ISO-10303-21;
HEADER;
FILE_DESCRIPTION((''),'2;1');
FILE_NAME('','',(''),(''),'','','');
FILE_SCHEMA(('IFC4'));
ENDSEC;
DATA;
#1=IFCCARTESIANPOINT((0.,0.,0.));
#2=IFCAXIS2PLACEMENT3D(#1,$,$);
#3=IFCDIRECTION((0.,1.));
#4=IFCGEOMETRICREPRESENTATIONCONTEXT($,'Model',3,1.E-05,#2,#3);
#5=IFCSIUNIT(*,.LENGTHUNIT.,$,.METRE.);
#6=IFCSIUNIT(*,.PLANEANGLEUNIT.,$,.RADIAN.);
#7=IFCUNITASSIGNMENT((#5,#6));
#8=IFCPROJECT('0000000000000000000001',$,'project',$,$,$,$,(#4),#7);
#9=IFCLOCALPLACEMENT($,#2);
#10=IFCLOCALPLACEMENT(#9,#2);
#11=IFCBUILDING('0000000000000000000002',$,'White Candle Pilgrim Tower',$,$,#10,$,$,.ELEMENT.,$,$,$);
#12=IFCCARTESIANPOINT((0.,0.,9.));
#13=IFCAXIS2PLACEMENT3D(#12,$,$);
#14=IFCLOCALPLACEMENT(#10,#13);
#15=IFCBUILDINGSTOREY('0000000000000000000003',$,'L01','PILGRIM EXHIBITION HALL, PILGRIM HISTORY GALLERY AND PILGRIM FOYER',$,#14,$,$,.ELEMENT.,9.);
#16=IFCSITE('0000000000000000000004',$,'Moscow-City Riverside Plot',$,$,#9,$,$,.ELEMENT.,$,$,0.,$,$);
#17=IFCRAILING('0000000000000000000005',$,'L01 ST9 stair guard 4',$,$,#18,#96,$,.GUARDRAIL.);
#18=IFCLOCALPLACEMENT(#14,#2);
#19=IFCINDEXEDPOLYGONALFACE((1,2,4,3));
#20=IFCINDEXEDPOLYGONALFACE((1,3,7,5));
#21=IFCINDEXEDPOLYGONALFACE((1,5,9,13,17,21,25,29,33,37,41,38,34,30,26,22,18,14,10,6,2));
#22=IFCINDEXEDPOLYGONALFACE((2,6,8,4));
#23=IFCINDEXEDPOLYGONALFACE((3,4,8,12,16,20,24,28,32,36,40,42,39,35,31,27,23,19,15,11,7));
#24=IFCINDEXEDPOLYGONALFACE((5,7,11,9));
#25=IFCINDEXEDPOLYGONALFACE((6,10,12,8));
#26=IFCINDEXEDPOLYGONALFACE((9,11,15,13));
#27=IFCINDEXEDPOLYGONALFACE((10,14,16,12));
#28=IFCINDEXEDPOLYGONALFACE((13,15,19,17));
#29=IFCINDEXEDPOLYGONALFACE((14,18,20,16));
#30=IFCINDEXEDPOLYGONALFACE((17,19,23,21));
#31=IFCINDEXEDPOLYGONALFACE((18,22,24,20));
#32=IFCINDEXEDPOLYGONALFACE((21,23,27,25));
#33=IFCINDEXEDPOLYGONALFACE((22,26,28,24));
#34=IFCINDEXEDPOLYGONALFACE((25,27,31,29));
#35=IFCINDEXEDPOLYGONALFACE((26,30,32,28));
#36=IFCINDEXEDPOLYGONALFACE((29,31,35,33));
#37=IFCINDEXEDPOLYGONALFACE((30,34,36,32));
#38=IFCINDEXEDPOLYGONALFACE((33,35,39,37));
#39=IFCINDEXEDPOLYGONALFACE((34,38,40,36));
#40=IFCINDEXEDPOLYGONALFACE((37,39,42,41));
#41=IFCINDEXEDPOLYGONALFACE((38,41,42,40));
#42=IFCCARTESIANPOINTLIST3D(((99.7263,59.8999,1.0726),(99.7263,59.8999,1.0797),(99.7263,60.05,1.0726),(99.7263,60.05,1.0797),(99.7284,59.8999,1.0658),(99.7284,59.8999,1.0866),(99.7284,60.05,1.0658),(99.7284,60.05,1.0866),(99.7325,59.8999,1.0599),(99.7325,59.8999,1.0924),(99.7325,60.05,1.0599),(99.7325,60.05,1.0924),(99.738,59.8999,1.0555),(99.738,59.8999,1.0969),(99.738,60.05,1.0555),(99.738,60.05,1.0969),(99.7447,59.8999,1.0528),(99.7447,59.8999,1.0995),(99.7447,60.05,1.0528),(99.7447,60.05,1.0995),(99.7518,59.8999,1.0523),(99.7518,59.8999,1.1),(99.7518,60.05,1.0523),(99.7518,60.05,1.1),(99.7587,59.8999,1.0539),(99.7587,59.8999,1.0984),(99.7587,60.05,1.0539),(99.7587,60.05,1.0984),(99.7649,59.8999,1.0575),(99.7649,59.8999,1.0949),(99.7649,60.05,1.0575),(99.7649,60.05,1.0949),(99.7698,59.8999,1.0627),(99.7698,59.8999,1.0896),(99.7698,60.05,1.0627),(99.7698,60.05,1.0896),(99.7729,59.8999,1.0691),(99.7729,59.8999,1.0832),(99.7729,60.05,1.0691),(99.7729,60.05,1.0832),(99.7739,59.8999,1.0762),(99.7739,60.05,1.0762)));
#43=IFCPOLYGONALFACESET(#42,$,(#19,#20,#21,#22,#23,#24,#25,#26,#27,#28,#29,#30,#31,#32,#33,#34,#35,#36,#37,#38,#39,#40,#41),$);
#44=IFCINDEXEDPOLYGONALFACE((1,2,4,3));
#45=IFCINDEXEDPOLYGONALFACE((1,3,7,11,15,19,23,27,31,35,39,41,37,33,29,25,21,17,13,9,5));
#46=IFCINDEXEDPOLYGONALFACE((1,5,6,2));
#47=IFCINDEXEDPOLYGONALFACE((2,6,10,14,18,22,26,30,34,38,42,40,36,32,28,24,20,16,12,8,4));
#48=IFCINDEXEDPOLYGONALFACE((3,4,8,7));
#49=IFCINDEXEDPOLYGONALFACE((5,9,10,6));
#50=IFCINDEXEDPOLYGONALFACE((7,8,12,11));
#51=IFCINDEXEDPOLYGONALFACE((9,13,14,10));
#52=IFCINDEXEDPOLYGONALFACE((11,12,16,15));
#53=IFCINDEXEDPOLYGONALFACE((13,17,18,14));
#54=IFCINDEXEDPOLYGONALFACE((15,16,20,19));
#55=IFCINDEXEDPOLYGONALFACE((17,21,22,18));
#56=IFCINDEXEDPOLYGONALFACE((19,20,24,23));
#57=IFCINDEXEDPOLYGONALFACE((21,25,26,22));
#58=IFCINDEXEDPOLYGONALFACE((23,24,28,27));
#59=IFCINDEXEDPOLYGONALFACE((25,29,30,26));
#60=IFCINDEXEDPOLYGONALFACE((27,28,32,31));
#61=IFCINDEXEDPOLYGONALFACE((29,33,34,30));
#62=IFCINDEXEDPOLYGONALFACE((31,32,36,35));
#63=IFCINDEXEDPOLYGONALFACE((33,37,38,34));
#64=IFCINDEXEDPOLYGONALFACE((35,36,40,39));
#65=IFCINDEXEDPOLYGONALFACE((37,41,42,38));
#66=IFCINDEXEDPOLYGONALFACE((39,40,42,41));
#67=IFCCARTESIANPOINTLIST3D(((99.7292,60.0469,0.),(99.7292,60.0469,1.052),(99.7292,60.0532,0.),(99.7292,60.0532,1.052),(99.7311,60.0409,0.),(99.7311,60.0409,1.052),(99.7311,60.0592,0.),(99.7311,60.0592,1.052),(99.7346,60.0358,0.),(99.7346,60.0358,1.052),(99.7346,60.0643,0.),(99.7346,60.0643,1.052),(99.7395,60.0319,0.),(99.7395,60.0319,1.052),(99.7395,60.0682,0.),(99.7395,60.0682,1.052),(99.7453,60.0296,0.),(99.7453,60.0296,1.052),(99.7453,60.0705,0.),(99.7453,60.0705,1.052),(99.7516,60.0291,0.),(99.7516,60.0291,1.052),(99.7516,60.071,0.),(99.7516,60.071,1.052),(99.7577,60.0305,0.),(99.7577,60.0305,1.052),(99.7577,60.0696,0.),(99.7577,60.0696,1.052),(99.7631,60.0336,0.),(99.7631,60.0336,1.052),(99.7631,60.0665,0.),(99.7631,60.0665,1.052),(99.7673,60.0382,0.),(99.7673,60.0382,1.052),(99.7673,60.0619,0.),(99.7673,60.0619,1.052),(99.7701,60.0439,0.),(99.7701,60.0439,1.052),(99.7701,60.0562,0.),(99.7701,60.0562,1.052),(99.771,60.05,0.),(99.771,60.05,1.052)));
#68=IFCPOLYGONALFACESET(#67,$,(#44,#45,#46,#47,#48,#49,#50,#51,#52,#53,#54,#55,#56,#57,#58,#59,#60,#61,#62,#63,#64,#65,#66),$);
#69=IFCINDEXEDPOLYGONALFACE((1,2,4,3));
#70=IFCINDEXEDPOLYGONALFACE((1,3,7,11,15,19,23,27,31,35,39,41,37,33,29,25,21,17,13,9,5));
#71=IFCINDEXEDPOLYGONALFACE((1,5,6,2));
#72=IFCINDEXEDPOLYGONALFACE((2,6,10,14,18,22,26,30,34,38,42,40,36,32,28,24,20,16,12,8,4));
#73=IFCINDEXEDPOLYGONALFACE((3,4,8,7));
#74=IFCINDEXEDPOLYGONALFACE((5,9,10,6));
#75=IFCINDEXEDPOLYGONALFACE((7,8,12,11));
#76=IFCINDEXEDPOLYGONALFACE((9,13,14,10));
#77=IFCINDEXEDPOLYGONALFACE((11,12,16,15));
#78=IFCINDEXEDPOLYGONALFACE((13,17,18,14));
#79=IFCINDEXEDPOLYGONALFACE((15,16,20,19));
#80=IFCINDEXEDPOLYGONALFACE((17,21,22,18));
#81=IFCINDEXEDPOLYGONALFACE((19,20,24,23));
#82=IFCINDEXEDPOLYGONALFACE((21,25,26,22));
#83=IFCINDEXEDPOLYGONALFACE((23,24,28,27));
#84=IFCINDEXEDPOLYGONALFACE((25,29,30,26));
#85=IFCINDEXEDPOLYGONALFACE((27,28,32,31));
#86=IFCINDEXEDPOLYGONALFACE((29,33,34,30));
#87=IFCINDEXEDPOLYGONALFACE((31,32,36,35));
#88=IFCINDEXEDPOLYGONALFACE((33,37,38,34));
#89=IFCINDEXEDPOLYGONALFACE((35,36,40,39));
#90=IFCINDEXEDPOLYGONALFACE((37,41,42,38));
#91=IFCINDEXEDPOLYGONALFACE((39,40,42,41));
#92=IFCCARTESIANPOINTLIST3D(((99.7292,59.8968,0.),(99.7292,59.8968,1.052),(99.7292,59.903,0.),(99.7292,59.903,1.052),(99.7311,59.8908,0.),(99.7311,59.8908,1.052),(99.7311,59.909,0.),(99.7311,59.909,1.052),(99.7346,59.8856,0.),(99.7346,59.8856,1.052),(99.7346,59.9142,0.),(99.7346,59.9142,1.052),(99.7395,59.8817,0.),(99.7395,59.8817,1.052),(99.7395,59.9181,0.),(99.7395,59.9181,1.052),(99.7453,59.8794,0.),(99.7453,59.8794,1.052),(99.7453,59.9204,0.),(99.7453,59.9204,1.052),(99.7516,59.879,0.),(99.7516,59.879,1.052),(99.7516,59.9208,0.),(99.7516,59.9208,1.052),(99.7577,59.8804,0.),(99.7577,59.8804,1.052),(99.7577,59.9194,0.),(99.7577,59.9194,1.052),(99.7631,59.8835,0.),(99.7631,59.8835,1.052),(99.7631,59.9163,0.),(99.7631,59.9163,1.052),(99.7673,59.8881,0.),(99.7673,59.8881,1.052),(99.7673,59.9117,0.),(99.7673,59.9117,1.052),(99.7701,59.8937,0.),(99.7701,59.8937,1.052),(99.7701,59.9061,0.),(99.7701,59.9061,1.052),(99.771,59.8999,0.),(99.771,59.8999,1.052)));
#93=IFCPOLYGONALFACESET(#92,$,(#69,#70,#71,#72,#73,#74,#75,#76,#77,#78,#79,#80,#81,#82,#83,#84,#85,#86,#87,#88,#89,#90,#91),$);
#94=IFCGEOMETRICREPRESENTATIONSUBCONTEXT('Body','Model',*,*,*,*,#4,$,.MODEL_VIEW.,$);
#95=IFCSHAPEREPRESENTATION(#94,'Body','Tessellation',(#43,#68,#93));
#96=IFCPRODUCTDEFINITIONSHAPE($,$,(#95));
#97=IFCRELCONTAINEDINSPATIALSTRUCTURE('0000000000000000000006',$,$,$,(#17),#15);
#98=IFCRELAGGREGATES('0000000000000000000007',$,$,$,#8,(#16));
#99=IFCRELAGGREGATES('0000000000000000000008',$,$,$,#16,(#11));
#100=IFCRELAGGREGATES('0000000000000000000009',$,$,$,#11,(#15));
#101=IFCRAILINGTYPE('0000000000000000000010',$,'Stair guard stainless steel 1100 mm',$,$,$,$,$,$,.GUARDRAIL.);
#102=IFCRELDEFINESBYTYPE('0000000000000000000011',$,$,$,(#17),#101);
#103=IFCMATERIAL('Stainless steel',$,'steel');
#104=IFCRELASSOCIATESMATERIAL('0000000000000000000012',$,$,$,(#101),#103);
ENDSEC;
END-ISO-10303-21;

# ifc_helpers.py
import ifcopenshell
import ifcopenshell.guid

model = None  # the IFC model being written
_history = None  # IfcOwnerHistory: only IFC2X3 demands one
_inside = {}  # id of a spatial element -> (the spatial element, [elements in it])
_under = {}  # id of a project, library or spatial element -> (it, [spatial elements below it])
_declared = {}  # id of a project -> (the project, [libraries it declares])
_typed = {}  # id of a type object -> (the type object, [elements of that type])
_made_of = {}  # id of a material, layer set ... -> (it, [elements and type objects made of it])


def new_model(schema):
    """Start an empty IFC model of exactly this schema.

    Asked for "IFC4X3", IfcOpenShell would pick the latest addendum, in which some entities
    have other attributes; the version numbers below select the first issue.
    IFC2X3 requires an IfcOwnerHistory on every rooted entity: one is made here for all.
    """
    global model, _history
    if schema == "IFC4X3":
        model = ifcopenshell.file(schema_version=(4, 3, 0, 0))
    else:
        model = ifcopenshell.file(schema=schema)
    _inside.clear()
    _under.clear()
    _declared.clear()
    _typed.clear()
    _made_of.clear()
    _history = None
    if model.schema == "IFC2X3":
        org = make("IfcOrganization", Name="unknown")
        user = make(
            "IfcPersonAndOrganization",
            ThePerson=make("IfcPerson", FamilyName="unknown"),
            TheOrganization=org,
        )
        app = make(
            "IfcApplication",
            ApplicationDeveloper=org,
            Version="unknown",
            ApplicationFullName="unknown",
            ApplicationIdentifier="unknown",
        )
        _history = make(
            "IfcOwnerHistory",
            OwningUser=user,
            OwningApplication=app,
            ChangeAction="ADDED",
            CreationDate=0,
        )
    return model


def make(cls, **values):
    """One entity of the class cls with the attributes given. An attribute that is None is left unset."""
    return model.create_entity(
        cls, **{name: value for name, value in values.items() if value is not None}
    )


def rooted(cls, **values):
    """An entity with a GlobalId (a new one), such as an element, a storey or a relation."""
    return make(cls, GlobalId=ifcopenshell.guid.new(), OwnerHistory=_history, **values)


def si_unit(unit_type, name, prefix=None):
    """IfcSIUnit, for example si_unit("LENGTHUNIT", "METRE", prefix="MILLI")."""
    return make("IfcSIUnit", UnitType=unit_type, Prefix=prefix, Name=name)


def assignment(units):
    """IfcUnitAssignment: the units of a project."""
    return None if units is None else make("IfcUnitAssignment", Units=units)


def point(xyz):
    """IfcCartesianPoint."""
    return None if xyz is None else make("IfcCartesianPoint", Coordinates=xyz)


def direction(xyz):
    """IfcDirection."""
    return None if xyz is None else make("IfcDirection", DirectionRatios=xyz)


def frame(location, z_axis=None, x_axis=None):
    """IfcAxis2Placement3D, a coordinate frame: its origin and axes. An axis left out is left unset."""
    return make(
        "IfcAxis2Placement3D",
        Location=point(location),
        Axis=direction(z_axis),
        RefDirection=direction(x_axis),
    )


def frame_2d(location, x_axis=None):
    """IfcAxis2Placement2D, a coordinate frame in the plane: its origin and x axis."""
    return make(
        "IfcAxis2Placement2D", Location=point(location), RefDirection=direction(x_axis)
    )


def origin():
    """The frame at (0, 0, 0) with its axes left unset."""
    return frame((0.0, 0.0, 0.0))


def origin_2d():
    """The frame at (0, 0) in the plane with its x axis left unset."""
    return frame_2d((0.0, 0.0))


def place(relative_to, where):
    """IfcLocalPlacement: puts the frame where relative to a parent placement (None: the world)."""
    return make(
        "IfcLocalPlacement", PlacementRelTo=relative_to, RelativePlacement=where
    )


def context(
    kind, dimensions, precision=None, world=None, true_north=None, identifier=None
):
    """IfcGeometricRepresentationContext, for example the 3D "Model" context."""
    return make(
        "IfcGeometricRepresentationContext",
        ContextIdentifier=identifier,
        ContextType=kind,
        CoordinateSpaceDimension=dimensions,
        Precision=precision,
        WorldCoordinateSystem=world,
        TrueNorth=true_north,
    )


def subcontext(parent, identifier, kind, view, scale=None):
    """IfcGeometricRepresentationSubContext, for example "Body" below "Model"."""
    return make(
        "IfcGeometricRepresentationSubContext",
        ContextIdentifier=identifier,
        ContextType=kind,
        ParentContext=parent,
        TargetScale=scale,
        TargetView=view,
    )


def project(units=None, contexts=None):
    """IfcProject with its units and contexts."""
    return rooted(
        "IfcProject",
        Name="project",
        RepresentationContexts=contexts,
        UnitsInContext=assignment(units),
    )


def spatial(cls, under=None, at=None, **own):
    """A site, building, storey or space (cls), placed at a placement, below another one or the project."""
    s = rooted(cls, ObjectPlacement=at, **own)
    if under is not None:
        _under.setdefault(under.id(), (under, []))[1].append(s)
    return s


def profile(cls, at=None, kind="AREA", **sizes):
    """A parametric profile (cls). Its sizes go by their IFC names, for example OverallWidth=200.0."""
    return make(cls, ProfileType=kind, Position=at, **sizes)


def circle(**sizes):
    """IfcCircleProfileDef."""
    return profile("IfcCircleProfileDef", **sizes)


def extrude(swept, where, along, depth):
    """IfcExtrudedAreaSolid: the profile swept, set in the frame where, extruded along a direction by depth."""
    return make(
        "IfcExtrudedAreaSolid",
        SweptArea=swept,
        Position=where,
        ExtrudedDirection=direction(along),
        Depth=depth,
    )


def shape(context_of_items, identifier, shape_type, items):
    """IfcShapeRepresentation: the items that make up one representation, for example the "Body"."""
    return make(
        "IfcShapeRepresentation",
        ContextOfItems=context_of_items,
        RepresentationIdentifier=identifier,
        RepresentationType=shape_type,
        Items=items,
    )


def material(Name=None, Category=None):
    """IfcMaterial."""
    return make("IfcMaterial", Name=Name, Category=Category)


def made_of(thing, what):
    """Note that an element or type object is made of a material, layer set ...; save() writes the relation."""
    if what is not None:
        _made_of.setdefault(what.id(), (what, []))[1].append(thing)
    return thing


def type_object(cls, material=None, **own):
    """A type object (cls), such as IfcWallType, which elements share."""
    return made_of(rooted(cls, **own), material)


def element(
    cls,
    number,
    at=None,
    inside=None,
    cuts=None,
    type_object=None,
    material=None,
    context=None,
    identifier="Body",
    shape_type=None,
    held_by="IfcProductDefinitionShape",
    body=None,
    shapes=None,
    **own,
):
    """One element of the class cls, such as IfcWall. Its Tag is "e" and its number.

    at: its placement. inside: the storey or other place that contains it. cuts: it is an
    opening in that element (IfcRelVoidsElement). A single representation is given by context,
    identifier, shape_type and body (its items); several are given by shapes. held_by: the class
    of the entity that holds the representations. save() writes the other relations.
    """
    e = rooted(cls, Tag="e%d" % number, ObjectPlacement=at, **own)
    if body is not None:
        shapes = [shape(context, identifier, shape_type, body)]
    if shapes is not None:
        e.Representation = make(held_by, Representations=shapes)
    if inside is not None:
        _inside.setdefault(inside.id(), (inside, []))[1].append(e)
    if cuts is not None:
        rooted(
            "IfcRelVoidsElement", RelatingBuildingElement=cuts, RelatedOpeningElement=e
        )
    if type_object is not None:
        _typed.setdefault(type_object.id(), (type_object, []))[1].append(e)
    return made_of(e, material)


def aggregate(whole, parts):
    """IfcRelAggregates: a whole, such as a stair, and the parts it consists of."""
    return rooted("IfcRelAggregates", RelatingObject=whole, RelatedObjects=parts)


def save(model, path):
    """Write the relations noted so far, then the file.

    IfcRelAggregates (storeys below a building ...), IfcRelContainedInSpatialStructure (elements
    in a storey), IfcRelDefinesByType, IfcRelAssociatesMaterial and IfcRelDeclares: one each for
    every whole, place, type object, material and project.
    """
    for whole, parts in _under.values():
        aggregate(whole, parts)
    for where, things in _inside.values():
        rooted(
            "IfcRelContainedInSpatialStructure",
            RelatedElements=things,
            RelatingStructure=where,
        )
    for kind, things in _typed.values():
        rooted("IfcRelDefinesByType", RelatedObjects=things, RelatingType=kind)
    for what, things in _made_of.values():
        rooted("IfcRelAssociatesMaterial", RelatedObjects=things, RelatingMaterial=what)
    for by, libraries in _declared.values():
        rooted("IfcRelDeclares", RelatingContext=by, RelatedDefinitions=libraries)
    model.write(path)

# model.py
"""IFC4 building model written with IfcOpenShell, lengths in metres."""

from ifc_helpers import new_model, si_unit, direction, frame, origin, origin_2d, place, context, subcontext, project, spatial, circle, extrude, material, type_object, element, save


model = new_model("IFC4")

# Units and contexts
model_context = context("Model", 3, precision=1e-05, world=origin(), true_north=direction((0.0, 1.0)))
body_context = subcontext(model_context, "Body", "Model", "MODEL_VIEW")
ifc_project = project(units=[si_unit("LENGTHUNIT", "METRE"), si_unit("PLANEANGLEUNIT", "RADIAN")], contexts=[model_context])

# Site, building, storey
site_placement = place(None, origin())
site = spatial("IfcSite", under=ifc_project, at=site_placement, Name="Moscow-City Riverside Plot", CompositionType="ELEMENT", RefElevation=0.0)
building_placement = place(site_placement, origin())
building = spatial("IfcBuilding", under=site, at=building_placement, Name="White Candle Pilgrim Tower", CompositionType="ELEMENT")
storey_placement = place(building_placement, frame((0.0, 0.0, 9.0)))
storey = spatial("IfcBuildingStorey", under=building, at=storey_placement, Name="L01", Description="PILGRIM EXHIBITION HALL, PILGRIM HISTORY GALLERY AND PILGRIM FOYER", CompositionType="ELEMENT", Elevation=9.0)

# Railing
ifc_material_1 = material(Name="Stainless steel", Category="steel")
railing_type_1 = type_object("IfcRailingType", Name="Stair guard stainless steel 1100 mm", PredefinedType="GUARDRAIL", material=ifc_material_1)
railing_1_placement = place(storey_placement, frame((99.75, 60.05, 0.0)))
element("IfcRailing", 1, at=railing_1_placement, inside=storey, type_object=railing_type_1, Name="L01 ST9 stair guard 4", PredefinedType="GUARDRAIL", context=body_context, shape_type="SweptSolid", body=[
    extrude(circle(Radius=0.0239, at=origin_2d()), frame((0.0, 0.0, 1.0762), z_axis=(0.0, -1.0, 0.0), x_axis=(1.0, 0.0, 0.0)), (0.0, 0.0, 1.0), 0.1501),
    extrude(circle(Radius=0.021, at=origin_2d()), origin(), (0.0, 0.0, 1.0), 1.052),
    extrude(circle(Radius=0.021, at=origin_2d()), frame((0.0, -0.1501, 0.0)), (0.0, 0.0, 1.0), 1.052),
])

save(model, "model.ifc")
